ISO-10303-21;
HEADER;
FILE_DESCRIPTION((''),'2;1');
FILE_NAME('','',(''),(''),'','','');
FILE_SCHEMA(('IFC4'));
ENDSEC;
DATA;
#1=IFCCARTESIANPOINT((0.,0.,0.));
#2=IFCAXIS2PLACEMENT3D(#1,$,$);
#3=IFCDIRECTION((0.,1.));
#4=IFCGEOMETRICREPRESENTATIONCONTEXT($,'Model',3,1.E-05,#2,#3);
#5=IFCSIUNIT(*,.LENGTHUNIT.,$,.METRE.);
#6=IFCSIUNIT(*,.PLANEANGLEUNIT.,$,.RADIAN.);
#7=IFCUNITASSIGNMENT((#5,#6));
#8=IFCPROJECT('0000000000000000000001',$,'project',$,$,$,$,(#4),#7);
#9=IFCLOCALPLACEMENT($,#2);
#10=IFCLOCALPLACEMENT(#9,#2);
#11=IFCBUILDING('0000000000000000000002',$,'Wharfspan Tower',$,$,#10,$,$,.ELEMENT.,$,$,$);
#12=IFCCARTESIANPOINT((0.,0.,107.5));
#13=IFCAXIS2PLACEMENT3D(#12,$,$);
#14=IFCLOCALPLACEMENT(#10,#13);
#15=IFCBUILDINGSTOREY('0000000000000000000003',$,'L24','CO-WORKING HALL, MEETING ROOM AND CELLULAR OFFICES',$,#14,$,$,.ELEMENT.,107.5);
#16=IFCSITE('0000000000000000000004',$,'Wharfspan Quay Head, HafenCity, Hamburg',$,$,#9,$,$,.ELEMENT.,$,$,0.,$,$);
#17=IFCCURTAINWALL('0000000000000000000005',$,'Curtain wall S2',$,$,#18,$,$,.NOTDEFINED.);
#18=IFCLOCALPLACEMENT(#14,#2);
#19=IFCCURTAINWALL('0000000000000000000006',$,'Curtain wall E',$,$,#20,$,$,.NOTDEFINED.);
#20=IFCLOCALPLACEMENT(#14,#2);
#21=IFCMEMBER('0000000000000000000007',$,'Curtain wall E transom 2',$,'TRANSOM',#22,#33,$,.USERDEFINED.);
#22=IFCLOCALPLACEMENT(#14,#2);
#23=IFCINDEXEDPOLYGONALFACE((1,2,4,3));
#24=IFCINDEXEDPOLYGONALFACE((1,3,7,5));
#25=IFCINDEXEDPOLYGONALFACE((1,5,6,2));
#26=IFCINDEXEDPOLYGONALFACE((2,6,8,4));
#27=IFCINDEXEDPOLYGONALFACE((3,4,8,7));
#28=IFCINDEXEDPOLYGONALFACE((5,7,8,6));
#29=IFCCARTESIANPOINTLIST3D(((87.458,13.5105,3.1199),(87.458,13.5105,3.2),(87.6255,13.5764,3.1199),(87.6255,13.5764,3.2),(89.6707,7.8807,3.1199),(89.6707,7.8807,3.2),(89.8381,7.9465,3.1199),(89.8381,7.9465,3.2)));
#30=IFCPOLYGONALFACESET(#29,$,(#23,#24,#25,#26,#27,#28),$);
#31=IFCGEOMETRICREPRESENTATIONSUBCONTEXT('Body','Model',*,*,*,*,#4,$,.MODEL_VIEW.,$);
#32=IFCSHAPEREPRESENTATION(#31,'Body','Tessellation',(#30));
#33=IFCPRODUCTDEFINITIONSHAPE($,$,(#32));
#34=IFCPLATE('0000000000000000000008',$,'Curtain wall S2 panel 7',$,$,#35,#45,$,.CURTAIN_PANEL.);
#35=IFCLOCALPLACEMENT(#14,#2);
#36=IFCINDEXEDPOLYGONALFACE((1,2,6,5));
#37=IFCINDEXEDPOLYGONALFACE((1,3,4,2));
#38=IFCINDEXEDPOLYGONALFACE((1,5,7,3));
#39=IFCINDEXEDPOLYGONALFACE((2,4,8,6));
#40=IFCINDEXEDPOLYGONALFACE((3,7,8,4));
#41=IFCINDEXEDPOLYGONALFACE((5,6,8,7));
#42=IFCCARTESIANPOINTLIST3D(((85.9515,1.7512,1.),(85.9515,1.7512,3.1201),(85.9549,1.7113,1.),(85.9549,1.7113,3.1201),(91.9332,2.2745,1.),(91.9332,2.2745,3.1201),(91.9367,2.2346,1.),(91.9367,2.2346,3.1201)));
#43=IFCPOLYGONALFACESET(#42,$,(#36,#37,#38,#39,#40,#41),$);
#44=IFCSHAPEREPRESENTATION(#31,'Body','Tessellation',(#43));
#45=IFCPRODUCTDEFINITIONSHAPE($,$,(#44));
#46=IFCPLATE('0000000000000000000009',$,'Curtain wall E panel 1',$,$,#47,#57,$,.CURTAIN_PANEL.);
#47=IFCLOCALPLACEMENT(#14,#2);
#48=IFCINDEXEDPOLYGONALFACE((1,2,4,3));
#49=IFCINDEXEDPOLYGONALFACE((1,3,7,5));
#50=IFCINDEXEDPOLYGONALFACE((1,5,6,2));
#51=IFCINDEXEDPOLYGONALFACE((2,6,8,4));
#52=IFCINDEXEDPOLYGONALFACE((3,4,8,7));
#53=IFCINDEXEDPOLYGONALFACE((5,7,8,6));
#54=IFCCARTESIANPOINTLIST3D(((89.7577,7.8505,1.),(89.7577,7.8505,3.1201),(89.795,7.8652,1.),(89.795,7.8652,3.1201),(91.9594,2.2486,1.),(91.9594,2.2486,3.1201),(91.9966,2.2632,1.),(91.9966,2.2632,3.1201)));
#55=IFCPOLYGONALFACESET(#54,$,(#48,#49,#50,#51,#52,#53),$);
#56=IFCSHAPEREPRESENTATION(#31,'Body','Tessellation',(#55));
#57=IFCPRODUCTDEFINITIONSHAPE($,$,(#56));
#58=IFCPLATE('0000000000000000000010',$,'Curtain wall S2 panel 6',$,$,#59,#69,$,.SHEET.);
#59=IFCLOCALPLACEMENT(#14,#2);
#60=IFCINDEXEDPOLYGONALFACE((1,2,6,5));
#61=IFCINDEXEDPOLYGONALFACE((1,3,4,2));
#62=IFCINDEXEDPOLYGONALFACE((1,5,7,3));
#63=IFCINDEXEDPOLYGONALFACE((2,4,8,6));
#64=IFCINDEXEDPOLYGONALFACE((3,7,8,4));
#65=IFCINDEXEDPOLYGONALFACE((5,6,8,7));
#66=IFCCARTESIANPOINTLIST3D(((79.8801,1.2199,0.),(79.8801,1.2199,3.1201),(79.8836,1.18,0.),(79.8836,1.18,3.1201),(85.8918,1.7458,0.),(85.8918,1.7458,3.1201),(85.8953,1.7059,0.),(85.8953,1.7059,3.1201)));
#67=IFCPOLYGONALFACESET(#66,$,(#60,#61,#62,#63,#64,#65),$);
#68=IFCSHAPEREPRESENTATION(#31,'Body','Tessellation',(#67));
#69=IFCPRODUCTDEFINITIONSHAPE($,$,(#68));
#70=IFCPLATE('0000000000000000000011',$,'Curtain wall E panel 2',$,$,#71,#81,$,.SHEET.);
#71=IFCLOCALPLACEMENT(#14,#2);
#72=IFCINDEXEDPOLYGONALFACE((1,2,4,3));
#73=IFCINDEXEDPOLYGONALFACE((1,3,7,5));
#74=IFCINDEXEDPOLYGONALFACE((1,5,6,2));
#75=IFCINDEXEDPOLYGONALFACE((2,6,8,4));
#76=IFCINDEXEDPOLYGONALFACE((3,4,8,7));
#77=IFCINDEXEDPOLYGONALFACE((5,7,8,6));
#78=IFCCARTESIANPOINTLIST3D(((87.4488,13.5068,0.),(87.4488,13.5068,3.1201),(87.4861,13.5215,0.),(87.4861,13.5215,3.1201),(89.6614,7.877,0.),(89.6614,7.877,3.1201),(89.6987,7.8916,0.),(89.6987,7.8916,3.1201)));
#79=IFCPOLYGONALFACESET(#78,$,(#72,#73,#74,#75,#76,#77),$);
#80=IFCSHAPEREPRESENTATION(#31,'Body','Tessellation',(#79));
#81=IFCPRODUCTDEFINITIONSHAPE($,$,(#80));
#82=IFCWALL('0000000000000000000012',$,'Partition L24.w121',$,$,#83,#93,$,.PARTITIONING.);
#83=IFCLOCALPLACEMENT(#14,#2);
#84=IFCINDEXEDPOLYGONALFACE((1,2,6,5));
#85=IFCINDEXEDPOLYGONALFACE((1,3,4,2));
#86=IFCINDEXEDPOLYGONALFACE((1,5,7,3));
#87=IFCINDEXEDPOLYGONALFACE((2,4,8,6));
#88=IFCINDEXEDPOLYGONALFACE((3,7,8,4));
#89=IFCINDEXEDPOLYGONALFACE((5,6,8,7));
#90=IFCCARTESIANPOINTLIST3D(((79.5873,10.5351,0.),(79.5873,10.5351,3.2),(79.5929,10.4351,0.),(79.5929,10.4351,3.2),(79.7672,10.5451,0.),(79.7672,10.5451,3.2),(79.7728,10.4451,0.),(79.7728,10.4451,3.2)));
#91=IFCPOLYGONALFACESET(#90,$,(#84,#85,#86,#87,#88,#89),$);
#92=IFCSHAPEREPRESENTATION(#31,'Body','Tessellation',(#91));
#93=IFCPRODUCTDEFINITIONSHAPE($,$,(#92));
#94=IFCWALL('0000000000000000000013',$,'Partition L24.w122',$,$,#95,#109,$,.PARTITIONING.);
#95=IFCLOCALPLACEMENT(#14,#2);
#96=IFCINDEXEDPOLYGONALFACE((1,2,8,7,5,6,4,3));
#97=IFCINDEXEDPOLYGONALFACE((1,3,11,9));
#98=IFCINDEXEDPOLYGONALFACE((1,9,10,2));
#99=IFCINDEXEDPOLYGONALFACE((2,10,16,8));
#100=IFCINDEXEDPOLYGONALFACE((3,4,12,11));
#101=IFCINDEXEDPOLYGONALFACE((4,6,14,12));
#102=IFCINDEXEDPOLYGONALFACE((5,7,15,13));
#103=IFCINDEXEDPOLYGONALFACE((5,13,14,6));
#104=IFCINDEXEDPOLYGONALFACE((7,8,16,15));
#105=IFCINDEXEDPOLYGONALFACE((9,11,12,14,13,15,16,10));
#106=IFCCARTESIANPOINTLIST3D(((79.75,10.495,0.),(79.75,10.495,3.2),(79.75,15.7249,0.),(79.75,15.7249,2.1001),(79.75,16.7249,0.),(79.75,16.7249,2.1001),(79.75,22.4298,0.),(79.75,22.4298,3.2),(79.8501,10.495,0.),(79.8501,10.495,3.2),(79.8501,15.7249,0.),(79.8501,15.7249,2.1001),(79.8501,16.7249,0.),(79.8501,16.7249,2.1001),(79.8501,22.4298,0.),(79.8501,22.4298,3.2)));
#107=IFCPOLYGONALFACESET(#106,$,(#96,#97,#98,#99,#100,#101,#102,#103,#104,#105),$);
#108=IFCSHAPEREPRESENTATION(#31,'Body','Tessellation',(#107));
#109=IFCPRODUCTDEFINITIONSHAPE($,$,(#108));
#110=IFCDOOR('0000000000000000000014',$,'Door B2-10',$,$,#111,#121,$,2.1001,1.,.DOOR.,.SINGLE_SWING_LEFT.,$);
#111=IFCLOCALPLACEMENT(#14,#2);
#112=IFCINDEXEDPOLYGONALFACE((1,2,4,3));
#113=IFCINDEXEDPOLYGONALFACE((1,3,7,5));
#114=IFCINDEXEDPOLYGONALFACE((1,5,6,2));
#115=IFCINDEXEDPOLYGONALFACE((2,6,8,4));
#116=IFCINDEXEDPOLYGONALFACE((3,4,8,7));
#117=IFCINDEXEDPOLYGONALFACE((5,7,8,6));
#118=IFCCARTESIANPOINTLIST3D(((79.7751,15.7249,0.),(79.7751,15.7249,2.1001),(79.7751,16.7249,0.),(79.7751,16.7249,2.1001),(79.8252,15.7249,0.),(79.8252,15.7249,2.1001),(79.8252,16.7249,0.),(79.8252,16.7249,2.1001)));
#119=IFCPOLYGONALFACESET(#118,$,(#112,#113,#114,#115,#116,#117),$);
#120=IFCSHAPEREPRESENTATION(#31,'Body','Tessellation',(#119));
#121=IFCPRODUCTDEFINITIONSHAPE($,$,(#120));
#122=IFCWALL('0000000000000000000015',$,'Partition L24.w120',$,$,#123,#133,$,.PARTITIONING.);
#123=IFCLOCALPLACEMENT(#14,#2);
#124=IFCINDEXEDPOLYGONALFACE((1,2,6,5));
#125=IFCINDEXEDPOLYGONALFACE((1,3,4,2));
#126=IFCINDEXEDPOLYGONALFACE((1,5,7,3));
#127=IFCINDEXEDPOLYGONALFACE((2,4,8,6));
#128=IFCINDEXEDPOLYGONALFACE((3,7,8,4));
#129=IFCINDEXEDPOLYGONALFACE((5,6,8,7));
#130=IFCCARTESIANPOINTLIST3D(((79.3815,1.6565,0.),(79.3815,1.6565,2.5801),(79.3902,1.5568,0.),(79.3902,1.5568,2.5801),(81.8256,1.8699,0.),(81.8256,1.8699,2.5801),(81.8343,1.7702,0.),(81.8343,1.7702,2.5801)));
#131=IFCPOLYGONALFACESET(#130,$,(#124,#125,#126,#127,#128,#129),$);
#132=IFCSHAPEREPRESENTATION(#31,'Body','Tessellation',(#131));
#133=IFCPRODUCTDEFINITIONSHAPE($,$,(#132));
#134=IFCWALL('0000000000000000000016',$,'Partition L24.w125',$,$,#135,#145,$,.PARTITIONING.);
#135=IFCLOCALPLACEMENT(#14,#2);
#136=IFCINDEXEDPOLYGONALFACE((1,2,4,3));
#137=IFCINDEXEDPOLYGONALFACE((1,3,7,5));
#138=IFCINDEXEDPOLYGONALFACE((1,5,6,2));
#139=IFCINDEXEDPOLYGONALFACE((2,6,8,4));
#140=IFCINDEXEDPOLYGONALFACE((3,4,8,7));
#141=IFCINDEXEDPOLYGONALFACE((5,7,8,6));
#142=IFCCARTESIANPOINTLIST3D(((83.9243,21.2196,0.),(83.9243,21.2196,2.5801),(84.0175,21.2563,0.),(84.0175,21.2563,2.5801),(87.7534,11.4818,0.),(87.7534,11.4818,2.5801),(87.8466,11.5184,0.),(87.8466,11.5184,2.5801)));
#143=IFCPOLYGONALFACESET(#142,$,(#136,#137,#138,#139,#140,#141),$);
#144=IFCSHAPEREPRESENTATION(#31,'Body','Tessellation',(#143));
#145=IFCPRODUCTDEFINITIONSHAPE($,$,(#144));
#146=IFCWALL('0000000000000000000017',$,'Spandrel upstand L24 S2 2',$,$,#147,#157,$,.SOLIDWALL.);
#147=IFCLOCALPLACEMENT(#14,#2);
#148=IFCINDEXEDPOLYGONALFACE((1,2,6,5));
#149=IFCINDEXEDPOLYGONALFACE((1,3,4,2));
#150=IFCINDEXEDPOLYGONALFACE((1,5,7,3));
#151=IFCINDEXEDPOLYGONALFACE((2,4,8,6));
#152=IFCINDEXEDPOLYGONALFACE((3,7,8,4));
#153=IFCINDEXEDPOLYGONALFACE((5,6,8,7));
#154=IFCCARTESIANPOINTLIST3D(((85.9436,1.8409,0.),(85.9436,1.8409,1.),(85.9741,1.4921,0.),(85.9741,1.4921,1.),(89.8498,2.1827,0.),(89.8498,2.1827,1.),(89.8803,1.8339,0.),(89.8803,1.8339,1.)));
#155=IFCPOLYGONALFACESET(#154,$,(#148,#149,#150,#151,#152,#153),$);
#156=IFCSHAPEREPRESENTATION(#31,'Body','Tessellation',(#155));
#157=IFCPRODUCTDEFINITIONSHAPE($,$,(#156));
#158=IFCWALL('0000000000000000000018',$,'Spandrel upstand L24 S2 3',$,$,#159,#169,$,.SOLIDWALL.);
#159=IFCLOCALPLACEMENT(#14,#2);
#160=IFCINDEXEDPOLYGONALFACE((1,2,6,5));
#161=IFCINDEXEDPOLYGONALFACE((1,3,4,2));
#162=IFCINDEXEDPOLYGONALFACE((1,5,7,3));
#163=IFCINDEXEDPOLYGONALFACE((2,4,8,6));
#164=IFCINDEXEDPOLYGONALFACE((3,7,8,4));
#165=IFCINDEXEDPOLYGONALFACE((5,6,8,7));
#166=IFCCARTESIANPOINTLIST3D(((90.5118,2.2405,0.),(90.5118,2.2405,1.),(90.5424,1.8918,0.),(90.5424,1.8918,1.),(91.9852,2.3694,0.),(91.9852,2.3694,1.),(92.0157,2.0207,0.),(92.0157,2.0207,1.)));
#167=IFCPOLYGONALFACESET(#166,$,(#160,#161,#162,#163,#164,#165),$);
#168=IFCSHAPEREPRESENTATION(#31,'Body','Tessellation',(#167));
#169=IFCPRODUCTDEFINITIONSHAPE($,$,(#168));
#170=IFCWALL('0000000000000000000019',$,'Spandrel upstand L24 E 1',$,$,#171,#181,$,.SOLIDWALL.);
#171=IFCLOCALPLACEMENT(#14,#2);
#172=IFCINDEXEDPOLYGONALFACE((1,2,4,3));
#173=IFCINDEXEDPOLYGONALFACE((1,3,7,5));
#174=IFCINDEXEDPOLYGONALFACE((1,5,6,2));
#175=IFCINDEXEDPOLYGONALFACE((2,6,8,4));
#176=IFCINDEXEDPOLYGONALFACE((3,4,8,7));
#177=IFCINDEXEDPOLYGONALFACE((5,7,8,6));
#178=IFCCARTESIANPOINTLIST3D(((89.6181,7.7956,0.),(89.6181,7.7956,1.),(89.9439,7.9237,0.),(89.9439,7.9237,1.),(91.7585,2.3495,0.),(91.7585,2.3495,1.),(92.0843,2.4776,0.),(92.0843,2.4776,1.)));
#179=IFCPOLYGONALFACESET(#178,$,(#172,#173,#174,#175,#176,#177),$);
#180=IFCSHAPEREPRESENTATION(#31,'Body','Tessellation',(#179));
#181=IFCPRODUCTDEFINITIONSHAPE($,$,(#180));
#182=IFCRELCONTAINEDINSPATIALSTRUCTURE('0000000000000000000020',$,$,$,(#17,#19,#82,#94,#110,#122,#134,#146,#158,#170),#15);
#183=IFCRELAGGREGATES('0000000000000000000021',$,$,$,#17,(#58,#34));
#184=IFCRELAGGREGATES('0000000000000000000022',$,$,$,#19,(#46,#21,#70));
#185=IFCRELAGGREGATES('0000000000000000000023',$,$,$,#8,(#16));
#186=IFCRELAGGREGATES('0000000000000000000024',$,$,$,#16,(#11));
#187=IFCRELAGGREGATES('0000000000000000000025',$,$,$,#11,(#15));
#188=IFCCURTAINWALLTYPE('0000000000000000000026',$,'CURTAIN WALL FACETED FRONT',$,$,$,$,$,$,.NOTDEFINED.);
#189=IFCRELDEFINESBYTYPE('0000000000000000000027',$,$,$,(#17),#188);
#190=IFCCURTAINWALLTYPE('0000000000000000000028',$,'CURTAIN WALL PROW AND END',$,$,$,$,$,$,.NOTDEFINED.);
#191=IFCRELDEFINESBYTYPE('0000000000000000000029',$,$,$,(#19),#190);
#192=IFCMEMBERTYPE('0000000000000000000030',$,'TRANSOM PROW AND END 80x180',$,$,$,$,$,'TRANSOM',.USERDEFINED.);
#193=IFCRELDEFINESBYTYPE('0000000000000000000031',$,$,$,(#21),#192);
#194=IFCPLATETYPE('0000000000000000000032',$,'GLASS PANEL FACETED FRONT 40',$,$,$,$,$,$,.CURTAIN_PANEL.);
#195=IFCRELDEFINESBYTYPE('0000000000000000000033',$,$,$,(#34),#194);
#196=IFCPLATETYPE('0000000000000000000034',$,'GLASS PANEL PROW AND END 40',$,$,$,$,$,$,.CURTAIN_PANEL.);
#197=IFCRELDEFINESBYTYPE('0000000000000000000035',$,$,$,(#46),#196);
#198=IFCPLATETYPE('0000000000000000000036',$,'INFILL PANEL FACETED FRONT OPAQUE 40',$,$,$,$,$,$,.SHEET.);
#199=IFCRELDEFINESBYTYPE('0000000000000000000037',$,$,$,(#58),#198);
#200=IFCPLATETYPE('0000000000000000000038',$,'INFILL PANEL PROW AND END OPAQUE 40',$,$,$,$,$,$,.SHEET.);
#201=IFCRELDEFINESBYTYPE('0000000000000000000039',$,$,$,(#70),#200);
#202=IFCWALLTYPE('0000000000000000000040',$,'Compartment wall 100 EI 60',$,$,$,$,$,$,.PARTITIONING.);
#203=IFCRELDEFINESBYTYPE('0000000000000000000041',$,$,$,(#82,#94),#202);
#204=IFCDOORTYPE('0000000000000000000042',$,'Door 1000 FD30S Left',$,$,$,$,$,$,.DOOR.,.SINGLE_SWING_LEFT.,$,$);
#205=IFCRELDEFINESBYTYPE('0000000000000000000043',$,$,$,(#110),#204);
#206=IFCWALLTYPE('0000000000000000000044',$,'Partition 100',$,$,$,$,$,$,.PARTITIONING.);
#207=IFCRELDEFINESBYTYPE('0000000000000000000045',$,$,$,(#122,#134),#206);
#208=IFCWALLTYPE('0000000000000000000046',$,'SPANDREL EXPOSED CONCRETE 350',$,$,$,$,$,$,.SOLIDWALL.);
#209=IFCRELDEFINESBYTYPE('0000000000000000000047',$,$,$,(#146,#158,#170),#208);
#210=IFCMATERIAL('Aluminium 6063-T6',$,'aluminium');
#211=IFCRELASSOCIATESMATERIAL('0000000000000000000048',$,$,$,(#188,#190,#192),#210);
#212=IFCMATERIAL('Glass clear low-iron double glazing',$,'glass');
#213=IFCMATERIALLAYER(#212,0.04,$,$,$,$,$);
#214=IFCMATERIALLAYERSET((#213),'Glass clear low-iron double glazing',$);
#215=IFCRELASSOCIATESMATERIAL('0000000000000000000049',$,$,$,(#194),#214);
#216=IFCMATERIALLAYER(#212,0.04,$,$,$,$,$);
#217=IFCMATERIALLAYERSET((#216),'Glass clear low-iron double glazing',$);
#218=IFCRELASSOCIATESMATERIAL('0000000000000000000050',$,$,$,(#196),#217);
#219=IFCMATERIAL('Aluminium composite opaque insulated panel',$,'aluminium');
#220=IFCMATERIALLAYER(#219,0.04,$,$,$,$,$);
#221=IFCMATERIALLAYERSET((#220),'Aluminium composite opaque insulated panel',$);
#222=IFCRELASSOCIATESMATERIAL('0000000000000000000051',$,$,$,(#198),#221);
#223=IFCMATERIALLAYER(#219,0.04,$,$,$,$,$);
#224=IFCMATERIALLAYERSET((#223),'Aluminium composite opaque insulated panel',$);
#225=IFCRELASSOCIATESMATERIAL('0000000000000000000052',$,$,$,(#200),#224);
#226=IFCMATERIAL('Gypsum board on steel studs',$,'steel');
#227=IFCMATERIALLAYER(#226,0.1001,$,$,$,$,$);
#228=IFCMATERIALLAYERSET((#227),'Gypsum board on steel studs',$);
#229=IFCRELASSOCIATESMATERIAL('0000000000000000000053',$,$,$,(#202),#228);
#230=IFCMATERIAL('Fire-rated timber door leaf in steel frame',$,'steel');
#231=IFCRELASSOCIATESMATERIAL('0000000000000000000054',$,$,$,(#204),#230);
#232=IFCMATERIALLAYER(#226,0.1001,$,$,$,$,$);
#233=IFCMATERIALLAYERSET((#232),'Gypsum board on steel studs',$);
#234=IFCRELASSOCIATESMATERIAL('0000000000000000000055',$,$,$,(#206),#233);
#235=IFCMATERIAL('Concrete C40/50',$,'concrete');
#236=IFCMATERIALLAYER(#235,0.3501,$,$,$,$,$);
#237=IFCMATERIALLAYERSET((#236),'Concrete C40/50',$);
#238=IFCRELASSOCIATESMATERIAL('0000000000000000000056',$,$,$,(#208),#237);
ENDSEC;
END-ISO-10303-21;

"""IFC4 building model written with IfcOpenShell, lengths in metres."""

from ifc_helpers import new_model, si_unit, direction, frame, frame_2d, origin, origin_2d, place, context, subcontext, project, spatial, rectangle, extrude, material, layer, layer_set, material_profile, profile_set, type_object, element, fill, aggregate, save


model = new_model("IFC4")

# Units and contexts
model_context = context("Model", 3, precision=1e-05, world=origin(), true_north=direction((0.0, 1.0)))
body_context = subcontext(model_context, "Body", "Model", "MODEL_VIEW")
ifc_project = project(units=[si_unit("LENGTHUNIT", "METRE"), si_unit("PLANEANGLEUNIT", "RADIAN")], contexts=[model_context])

# Site, building, storey
site_placement = place(None, origin())
site = spatial("IfcSite", under=ifc_project, at=site_placement, Name="Wharfspan Quay Head, HafenCity, Hamburg", CompositionType="ELEMENT", RefElevation=0.0)
building_placement = place(site_placement, origin())
building = spatial("IfcBuilding", under=site, at=building_placement, Name="Wharfspan Tower", CompositionType="ELEMENT")
storey_placement = place(building_placement, frame((0.0, 0.0, 107.5)))
storey = spatial("IfcBuildingStorey", under=building, at=storey_placement, Name="L24", Description="CO-WORKING HALL, MEETING ROOM AND CELLULAR OFFICES", CompositionType="ELEMENT", Elevation=107.5)

# Curtain walls
ifc_material_1 = material(Name="Aluminium 6063-T6", Category="aluminium")
curtain_wall_type_1 = type_object("IfcCurtainWallType", Name="CURTAIN WALL FACETED FRONT", PredefinedType="NOTDEFINED", material=ifc_material_1)
curtain_wall_1_placement = place(storey_placement, origin())
curtain_wall_1 = element("IfcCurtainWall", 1, at=curtain_wall_1_placement, inside=storey, type_object=curtain_wall_type_1, Name="Curtain wall S2", PredefinedType="NOTDEFINED")
curtain_wall_type_2 = type_object("IfcCurtainWallType", Name="CURTAIN WALL PROW AND END", PredefinedType="NOTDEFINED", material=ifc_material_1)
curtain_wall_2_placement = place(storey_placement, origin())
curtain_wall_2 = element("IfcCurtainWall", 2, at=curtain_wall_2_placement, inside=storey, type_object=curtain_wall_type_2, Name="Curtain wall E", PredefinedType="NOTDEFINED")

# Member
ifc_material_profile_1 = material_profile(ifc_material_1, rectangle(XDim=0.1799, YDim=0.0801, at=origin_2d()))
ifc_profile_set_1 = profile_set([ifc_material_profile_1], Name="Aluminium 6063-T6")
member_type_1 = type_object("IfcMemberType", Name="TRANSOM PROW AND END 80x180", ElementType="TRANSOM", PredefinedType="USERDEFINED", material=ifc_profile_set_1)
member_1_placement = place(storey_placement, frame((89.7544, 7.9136, 3.1599), z_axis=(-0.365782, 0.9307, 0.0), x_axis=(-0.9307, -0.365782, 0.0)))
member_1 = element("IfcMember", 3, at=member_1_placement, type_object=member_type_1, Name="Curtain wall E transom 2", ObjectType="TRANSOM", PredefinedType="USERDEFINED", context=body_context, shape_type="SweptSolid", body=[
    extrude(rectangle(XDim=0.1799, YDim=0.0801, at=origin_2d()), origin(), (0.0, 0.0, 1.0), 6.0491),
])

# Plates
ifc_material_2 = material(Name="Glass clear low-iron double glazing", Category="glass")
ifc_layer_1 = layer(ifc_material_2, 0.04)
ifc_layer_set_1 = layer_set([ifc_layer_1], Name="Glass clear low-iron double glazing")
plate_type_1 = type_object("IfcPlateType", Name="GLASS PANEL FACETED FRONT 40", PredefinedType="CURTAIN_PANEL", material=ifc_layer_set_1)
plate_1_placement = place(storey_placement, frame((88.9441, 1.9929, 1.0), z_axis=(0.0, 0.0, 1.0), x_axis=(0.996198, 0.087156, 0.0)))
plate_1 = element("IfcPlate", 4, at=plate_1_placement, type_object=plate_type_1, Name="Curtain wall S2 panel 7", PredefinedType="CURTAIN_PANEL", context=body_context, shape_type="SweptSolid", body=[
    extrude(rectangle(XDim=6.0046, YDim=0.04, at=origin_2d()), origin(), (0.0, 0.0, 1.0), 2.1201),
])
ifc_layer_2 = layer(ifc_material_2, 0.04)
ifc_layer_set_2 = layer_set([ifc_layer_2], Name="Glass clear low-iron double glazing")
plate_type_2 = type_object("IfcPlateType", Name="GLASS PANEL PROW AND END 40", PredefinedType="CURTAIN_PANEL", material=ifc_layer_set_2)
plate_2_placement = place(storey_placement, frame((90.8772, 5.0569, 1.0), z_axis=(0.0, 0.0, 1.0), x_axis=(-0.365778, 0.930702, 0.0)))
plate_2 = element("IfcPlate", 5, at=plate_2_placement, type_object=plate_type_2, Name="Curtain wall E panel 1", PredefinedType="CURTAIN_PANEL", context=body_context, shape_type="SweptSolid", body=[
    extrude(rectangle(XDim=6.019, YDim=0.04, at=origin_2d()), origin(), (0.0, 0.0, 1.0), 2.1201),
])
ifc_material_3 = material(Name="Aluminium composite opaque insulated panel", Category="aluminium")
ifc_layer_3 = layer(ifc_material_3, 0.04)
ifc_layer_set_3 = layer_set([ifc_layer_3], Name="Aluminium composite opaque insulated panel")
plate_type_3 = type_object("IfcPlateType", Name="INFILL PANEL FACETED FRONT OPAQUE 40", PredefinedType="SHEET", material=ifc_layer_set_3)
plate_3_placement = place(storey_placement, frame((82.8877, 1.4629, 0.0), z_axis=(0.0, 0.0, 1.0), x_axis=(0.996198, 0.087156, 0.0)))
plate_3 = element("IfcPlate", 6, at=plate_3_placement, type_object=plate_type_3, Name="Curtain wall S2 panel 6", PredefinedType="SHEET", context=body_context, shape_type="SweptSolid", body=[
    extrude(rectangle(XDim=6.0347, YDim=0.04, at=origin_2d()), origin(), (0.0, 0.0, 1.0), 3.1201),
])
aggregate(curtain_wall_1, [plate_3, plate_1])
ifc_layer_4 = layer(ifc_material_3, 0.04)
ifc_layer_set_4 = layer_set([ifc_layer_4], Name="Aluminium composite opaque insulated panel")
plate_type_4 = type_object("IfcPlateType", Name="INFILL PANEL PROW AND END OPAQUE 40", PredefinedType="SHEET", material=ifc_layer_set_4)
plate_4_placement = place(storey_placement, frame((88.5737, 10.6992, 0.0), z_axis=(0.0, 0.0, 1.0), x_axis=(-0.365778, 0.930702, 0.0)))
plate_4 = element("IfcPlate", 7, at=plate_4_placement, type_object=plate_type_4, Name="Curtain wall E panel 2", PredefinedType="SHEET", context=body_context, shape_type="SweptSolid", body=[
    extrude(rectangle(XDim=6.0491, YDim=0.04, at=origin_2d()), origin(), (0.0, 0.0, 1.0), 3.1201),
])
aggregate(curtain_wall_2, [plate_2, member_1, plate_4])

# Wall
ifc_material_4 = material(Name="Gypsum board on steel studs", Category="steel")
ifc_layer_5 = layer(ifc_material_4, 0.1001)
ifc_layer_set_5 = layer_set([ifc_layer_5], Name="Gypsum board on steel studs")
wall_type_1 = type_object("IfcWallType", Name="Compartment wall 100 EI 60", PredefinedType="PARTITIONING", material=ifc_layer_set_5)
wall_1_placement = place(storey_placement, frame((79.5901, 10.4851, 0.0), z_axis=(0.0, 0.0, 1.0), x_axis=(0.998455, 0.055545, 0.0)))
element("IfcWall", 8, at=wall_1_placement, inside=storey, type_object=wall_type_1, Name="Partition L24.w121", PredefinedType="PARTITIONING", context=body_context, shape_type="SweptSolid", body=[
    extrude(rectangle(XDim=0.1802, YDim=0.1001, at=frame_2d((0.0901, 0.0))), origin(), (0.0, 0.0, 1.0), 3.2),
])

# Wall, opening, door
wall_2_placement = place(storey_placement, frame((79.8, 10.4951, 0.0), z_axis=(0.0, 0.0, 1.0), x_axis=(0.0, 1.0, 0.0)))
wall_2 = element("IfcWall", 9, at=wall_2_placement, inside=storey, type_object=wall_type_1, Name="Partition L24.w122", PredefinedType="PARTITIONING", context=body_context, shape_type="SweptSolid", body=[
    extrude(rectangle(XDim=11.9348, YDim=0.1001, at=frame_2d((5.9673, 0.0))), origin(), (0.0, 0.0, 1.0), 3.2),
])
opening_placement = place(wall_2_placement, frame((5.2297, 0.0, 0.0)))
opening = element("IfcOpeningElement", 10, at=opening_placement, cuts=wall_2, PredefinedType="OPENING", context=body_context, shape_type="SweptSolid", body=[
    extrude(rectangle(XDim=1.0, YDim=2.1001, at=frame_2d((0.5, 1.05))), frame((0.0, 0.0601, 0.0), z_axis=(0.0, -1.0, 0.0), x_axis=(1.0, 0.0, 0.0)), (0.0, 0.0, 1.0), 0.1201),
])
ifc_material_5 = material(Name="Fire-rated timber door leaf in steel frame", Category="steel")
door_type = type_object("IfcDoorType", Name="Door 1000 FD30S Left", OperationType="SINGLE_SWING_LEFT", PredefinedType="DOOR", material=ifc_material_5)
door_placement = place(opening_placement, origin())
door = element("IfcDoor", 11, at=door_placement, inside=storey, type_object=door_type, Name="Door B2-10", OperationType="SINGLE_SWING_LEFT", OverallHeight=2.1001, OverallWidth=1.0, PredefinedType="DOOR", context=body_context, shape_type="SweptSolid", body=[
    extrude(rectangle(XDim=1.0, YDim=2.1001, at=frame_2d((0.5, 1.05))), frame((0.0, 0.0249, 0.0), z_axis=(0.0, -1.0, 0.0), x_axis=(1.0, 0.0, 0.0)), (0.0, 0.0, 1.0), 0.05),
])
fill(opening, door)

# Walls
ifc_layer_6 = layer(ifc_material_4, 0.1001)
ifc_layer_set_6 = layer_set([ifc_layer_6], Name="Gypsum board on steel studs")
wall_type_2 = type_object("IfcWallType", Name="Partition 100", PredefinedType="PARTITIONING", material=ifc_layer_set_6)
wall_3_placement = place(storey_placement, frame((79.386, 1.6067, 0.0), z_axis=(0.0, 0.0, 1.0), x_axis=(0.996209, 0.086973, 0.0)))
element("IfcWall", 12, at=wall_3_placement, inside=storey, type_object=wall_type_2, Name="Partition L24.w120", PredefinedType="PARTITIONING", context=body_context, shape_type="SweptSolid", body=[
    extrude(rectangle(XDim=2.4534, YDim=0.1001, at=frame_2d((1.2266, 0.0))), origin(), (0.0, 0.0, 1.0), 2.5801),
])
wall_4_placement = place(storey_placement, frame((87.8, 11.5, 0.0), z_axis=(0.0, 0.0, 1.0), x_axis=(-0.365945, 0.930635, 0.0)))
element("IfcWall", 13, at=wall_4_placement, inside=storey, type_object=wall_type_2, Name="Partition L24.w125", PredefinedType="PARTITIONING", context=body_context, shape_type="SweptSolid", body=[
    extrude(rectangle(XDim=10.4636, YDim=0.1001, at=frame_2d((5.2319, 0.0))), origin(), (0.0, 0.0, 1.0), 2.5801),
])
ifc_material_6 = material(Name="Concrete C40/50", Category="concrete")
ifc_layer_7 = layer(ifc_material_6, 0.3501)
ifc_layer_set_7 = layer_set([ifc_layer_7], Name="Concrete C40/50")
wall_type_3 = type_object("IfcWallType", Name="SPANDREL EXPOSED CONCRETE 350", PredefinedType="SOLIDWALL", material=ifc_layer_set_7)
wall_5_placement = place(storey_placement, frame((85.959, 1.6665, 0.0), z_axis=(0.0, 0.0, 1.0), x_axis=(0.996194, 0.087167, 0.0)))
element("IfcWall", 14, at=wall_5_placement, inside=storey, type_object=wall_type_3, Name="Spandrel upstand L24 S2 2", PredefinedType="SOLIDWALL", context=body_context, shape_type="SweptSolid", body=[
    extrude(rectangle(XDim=3.9211, YDim=0.3501, at=frame_2d((1.9604, 0.0))), origin(), (0.0, 0.0, 1.0), 1.0),
])
wall_6_placement = place(storey_placement, frame((90.5271, 2.0662, 0.0), z_axis=(0.0, 0.0, 1.0), x_axis=(0.996198, 0.087157, 0.0)))
element("IfcWall", 15, at=wall_6_placement, inside=storey, type_object=wall_type_3, Name="Spandrel upstand L24 S2 3", PredefinedType="SOLIDWALL", context=body_context, shape_type="SweptSolid", body=[
    extrude(rectangle(XDim=1.479, YDim=0.3501, at=frame_2d((0.7395, 0.0))), origin(), (0.0, 0.0, 1.0), 1.0),
])
wall_7_placement = place(storey_placement, frame((91.9214, 2.4136, 0.0), z_axis=(0.0, 0.0, 1.0), x_axis=(-0.36578, 0.930701, 0.0)))
element("IfcWall", 16, at=wall_7_placement, inside=storey, type_object=wall_type_3, Name="Spandrel upstand L24 E 1", PredefinedType="SOLIDWALL", context=body_context, shape_type="SweptSolid", body=[
    extrude(rectangle(XDim=5.8516, YDim=0.3501, at=frame_2d((2.9258, 0.0))), origin(), (0.0, 0.0, 1.0), 1.0),
])

save(model, "model.ifc")
